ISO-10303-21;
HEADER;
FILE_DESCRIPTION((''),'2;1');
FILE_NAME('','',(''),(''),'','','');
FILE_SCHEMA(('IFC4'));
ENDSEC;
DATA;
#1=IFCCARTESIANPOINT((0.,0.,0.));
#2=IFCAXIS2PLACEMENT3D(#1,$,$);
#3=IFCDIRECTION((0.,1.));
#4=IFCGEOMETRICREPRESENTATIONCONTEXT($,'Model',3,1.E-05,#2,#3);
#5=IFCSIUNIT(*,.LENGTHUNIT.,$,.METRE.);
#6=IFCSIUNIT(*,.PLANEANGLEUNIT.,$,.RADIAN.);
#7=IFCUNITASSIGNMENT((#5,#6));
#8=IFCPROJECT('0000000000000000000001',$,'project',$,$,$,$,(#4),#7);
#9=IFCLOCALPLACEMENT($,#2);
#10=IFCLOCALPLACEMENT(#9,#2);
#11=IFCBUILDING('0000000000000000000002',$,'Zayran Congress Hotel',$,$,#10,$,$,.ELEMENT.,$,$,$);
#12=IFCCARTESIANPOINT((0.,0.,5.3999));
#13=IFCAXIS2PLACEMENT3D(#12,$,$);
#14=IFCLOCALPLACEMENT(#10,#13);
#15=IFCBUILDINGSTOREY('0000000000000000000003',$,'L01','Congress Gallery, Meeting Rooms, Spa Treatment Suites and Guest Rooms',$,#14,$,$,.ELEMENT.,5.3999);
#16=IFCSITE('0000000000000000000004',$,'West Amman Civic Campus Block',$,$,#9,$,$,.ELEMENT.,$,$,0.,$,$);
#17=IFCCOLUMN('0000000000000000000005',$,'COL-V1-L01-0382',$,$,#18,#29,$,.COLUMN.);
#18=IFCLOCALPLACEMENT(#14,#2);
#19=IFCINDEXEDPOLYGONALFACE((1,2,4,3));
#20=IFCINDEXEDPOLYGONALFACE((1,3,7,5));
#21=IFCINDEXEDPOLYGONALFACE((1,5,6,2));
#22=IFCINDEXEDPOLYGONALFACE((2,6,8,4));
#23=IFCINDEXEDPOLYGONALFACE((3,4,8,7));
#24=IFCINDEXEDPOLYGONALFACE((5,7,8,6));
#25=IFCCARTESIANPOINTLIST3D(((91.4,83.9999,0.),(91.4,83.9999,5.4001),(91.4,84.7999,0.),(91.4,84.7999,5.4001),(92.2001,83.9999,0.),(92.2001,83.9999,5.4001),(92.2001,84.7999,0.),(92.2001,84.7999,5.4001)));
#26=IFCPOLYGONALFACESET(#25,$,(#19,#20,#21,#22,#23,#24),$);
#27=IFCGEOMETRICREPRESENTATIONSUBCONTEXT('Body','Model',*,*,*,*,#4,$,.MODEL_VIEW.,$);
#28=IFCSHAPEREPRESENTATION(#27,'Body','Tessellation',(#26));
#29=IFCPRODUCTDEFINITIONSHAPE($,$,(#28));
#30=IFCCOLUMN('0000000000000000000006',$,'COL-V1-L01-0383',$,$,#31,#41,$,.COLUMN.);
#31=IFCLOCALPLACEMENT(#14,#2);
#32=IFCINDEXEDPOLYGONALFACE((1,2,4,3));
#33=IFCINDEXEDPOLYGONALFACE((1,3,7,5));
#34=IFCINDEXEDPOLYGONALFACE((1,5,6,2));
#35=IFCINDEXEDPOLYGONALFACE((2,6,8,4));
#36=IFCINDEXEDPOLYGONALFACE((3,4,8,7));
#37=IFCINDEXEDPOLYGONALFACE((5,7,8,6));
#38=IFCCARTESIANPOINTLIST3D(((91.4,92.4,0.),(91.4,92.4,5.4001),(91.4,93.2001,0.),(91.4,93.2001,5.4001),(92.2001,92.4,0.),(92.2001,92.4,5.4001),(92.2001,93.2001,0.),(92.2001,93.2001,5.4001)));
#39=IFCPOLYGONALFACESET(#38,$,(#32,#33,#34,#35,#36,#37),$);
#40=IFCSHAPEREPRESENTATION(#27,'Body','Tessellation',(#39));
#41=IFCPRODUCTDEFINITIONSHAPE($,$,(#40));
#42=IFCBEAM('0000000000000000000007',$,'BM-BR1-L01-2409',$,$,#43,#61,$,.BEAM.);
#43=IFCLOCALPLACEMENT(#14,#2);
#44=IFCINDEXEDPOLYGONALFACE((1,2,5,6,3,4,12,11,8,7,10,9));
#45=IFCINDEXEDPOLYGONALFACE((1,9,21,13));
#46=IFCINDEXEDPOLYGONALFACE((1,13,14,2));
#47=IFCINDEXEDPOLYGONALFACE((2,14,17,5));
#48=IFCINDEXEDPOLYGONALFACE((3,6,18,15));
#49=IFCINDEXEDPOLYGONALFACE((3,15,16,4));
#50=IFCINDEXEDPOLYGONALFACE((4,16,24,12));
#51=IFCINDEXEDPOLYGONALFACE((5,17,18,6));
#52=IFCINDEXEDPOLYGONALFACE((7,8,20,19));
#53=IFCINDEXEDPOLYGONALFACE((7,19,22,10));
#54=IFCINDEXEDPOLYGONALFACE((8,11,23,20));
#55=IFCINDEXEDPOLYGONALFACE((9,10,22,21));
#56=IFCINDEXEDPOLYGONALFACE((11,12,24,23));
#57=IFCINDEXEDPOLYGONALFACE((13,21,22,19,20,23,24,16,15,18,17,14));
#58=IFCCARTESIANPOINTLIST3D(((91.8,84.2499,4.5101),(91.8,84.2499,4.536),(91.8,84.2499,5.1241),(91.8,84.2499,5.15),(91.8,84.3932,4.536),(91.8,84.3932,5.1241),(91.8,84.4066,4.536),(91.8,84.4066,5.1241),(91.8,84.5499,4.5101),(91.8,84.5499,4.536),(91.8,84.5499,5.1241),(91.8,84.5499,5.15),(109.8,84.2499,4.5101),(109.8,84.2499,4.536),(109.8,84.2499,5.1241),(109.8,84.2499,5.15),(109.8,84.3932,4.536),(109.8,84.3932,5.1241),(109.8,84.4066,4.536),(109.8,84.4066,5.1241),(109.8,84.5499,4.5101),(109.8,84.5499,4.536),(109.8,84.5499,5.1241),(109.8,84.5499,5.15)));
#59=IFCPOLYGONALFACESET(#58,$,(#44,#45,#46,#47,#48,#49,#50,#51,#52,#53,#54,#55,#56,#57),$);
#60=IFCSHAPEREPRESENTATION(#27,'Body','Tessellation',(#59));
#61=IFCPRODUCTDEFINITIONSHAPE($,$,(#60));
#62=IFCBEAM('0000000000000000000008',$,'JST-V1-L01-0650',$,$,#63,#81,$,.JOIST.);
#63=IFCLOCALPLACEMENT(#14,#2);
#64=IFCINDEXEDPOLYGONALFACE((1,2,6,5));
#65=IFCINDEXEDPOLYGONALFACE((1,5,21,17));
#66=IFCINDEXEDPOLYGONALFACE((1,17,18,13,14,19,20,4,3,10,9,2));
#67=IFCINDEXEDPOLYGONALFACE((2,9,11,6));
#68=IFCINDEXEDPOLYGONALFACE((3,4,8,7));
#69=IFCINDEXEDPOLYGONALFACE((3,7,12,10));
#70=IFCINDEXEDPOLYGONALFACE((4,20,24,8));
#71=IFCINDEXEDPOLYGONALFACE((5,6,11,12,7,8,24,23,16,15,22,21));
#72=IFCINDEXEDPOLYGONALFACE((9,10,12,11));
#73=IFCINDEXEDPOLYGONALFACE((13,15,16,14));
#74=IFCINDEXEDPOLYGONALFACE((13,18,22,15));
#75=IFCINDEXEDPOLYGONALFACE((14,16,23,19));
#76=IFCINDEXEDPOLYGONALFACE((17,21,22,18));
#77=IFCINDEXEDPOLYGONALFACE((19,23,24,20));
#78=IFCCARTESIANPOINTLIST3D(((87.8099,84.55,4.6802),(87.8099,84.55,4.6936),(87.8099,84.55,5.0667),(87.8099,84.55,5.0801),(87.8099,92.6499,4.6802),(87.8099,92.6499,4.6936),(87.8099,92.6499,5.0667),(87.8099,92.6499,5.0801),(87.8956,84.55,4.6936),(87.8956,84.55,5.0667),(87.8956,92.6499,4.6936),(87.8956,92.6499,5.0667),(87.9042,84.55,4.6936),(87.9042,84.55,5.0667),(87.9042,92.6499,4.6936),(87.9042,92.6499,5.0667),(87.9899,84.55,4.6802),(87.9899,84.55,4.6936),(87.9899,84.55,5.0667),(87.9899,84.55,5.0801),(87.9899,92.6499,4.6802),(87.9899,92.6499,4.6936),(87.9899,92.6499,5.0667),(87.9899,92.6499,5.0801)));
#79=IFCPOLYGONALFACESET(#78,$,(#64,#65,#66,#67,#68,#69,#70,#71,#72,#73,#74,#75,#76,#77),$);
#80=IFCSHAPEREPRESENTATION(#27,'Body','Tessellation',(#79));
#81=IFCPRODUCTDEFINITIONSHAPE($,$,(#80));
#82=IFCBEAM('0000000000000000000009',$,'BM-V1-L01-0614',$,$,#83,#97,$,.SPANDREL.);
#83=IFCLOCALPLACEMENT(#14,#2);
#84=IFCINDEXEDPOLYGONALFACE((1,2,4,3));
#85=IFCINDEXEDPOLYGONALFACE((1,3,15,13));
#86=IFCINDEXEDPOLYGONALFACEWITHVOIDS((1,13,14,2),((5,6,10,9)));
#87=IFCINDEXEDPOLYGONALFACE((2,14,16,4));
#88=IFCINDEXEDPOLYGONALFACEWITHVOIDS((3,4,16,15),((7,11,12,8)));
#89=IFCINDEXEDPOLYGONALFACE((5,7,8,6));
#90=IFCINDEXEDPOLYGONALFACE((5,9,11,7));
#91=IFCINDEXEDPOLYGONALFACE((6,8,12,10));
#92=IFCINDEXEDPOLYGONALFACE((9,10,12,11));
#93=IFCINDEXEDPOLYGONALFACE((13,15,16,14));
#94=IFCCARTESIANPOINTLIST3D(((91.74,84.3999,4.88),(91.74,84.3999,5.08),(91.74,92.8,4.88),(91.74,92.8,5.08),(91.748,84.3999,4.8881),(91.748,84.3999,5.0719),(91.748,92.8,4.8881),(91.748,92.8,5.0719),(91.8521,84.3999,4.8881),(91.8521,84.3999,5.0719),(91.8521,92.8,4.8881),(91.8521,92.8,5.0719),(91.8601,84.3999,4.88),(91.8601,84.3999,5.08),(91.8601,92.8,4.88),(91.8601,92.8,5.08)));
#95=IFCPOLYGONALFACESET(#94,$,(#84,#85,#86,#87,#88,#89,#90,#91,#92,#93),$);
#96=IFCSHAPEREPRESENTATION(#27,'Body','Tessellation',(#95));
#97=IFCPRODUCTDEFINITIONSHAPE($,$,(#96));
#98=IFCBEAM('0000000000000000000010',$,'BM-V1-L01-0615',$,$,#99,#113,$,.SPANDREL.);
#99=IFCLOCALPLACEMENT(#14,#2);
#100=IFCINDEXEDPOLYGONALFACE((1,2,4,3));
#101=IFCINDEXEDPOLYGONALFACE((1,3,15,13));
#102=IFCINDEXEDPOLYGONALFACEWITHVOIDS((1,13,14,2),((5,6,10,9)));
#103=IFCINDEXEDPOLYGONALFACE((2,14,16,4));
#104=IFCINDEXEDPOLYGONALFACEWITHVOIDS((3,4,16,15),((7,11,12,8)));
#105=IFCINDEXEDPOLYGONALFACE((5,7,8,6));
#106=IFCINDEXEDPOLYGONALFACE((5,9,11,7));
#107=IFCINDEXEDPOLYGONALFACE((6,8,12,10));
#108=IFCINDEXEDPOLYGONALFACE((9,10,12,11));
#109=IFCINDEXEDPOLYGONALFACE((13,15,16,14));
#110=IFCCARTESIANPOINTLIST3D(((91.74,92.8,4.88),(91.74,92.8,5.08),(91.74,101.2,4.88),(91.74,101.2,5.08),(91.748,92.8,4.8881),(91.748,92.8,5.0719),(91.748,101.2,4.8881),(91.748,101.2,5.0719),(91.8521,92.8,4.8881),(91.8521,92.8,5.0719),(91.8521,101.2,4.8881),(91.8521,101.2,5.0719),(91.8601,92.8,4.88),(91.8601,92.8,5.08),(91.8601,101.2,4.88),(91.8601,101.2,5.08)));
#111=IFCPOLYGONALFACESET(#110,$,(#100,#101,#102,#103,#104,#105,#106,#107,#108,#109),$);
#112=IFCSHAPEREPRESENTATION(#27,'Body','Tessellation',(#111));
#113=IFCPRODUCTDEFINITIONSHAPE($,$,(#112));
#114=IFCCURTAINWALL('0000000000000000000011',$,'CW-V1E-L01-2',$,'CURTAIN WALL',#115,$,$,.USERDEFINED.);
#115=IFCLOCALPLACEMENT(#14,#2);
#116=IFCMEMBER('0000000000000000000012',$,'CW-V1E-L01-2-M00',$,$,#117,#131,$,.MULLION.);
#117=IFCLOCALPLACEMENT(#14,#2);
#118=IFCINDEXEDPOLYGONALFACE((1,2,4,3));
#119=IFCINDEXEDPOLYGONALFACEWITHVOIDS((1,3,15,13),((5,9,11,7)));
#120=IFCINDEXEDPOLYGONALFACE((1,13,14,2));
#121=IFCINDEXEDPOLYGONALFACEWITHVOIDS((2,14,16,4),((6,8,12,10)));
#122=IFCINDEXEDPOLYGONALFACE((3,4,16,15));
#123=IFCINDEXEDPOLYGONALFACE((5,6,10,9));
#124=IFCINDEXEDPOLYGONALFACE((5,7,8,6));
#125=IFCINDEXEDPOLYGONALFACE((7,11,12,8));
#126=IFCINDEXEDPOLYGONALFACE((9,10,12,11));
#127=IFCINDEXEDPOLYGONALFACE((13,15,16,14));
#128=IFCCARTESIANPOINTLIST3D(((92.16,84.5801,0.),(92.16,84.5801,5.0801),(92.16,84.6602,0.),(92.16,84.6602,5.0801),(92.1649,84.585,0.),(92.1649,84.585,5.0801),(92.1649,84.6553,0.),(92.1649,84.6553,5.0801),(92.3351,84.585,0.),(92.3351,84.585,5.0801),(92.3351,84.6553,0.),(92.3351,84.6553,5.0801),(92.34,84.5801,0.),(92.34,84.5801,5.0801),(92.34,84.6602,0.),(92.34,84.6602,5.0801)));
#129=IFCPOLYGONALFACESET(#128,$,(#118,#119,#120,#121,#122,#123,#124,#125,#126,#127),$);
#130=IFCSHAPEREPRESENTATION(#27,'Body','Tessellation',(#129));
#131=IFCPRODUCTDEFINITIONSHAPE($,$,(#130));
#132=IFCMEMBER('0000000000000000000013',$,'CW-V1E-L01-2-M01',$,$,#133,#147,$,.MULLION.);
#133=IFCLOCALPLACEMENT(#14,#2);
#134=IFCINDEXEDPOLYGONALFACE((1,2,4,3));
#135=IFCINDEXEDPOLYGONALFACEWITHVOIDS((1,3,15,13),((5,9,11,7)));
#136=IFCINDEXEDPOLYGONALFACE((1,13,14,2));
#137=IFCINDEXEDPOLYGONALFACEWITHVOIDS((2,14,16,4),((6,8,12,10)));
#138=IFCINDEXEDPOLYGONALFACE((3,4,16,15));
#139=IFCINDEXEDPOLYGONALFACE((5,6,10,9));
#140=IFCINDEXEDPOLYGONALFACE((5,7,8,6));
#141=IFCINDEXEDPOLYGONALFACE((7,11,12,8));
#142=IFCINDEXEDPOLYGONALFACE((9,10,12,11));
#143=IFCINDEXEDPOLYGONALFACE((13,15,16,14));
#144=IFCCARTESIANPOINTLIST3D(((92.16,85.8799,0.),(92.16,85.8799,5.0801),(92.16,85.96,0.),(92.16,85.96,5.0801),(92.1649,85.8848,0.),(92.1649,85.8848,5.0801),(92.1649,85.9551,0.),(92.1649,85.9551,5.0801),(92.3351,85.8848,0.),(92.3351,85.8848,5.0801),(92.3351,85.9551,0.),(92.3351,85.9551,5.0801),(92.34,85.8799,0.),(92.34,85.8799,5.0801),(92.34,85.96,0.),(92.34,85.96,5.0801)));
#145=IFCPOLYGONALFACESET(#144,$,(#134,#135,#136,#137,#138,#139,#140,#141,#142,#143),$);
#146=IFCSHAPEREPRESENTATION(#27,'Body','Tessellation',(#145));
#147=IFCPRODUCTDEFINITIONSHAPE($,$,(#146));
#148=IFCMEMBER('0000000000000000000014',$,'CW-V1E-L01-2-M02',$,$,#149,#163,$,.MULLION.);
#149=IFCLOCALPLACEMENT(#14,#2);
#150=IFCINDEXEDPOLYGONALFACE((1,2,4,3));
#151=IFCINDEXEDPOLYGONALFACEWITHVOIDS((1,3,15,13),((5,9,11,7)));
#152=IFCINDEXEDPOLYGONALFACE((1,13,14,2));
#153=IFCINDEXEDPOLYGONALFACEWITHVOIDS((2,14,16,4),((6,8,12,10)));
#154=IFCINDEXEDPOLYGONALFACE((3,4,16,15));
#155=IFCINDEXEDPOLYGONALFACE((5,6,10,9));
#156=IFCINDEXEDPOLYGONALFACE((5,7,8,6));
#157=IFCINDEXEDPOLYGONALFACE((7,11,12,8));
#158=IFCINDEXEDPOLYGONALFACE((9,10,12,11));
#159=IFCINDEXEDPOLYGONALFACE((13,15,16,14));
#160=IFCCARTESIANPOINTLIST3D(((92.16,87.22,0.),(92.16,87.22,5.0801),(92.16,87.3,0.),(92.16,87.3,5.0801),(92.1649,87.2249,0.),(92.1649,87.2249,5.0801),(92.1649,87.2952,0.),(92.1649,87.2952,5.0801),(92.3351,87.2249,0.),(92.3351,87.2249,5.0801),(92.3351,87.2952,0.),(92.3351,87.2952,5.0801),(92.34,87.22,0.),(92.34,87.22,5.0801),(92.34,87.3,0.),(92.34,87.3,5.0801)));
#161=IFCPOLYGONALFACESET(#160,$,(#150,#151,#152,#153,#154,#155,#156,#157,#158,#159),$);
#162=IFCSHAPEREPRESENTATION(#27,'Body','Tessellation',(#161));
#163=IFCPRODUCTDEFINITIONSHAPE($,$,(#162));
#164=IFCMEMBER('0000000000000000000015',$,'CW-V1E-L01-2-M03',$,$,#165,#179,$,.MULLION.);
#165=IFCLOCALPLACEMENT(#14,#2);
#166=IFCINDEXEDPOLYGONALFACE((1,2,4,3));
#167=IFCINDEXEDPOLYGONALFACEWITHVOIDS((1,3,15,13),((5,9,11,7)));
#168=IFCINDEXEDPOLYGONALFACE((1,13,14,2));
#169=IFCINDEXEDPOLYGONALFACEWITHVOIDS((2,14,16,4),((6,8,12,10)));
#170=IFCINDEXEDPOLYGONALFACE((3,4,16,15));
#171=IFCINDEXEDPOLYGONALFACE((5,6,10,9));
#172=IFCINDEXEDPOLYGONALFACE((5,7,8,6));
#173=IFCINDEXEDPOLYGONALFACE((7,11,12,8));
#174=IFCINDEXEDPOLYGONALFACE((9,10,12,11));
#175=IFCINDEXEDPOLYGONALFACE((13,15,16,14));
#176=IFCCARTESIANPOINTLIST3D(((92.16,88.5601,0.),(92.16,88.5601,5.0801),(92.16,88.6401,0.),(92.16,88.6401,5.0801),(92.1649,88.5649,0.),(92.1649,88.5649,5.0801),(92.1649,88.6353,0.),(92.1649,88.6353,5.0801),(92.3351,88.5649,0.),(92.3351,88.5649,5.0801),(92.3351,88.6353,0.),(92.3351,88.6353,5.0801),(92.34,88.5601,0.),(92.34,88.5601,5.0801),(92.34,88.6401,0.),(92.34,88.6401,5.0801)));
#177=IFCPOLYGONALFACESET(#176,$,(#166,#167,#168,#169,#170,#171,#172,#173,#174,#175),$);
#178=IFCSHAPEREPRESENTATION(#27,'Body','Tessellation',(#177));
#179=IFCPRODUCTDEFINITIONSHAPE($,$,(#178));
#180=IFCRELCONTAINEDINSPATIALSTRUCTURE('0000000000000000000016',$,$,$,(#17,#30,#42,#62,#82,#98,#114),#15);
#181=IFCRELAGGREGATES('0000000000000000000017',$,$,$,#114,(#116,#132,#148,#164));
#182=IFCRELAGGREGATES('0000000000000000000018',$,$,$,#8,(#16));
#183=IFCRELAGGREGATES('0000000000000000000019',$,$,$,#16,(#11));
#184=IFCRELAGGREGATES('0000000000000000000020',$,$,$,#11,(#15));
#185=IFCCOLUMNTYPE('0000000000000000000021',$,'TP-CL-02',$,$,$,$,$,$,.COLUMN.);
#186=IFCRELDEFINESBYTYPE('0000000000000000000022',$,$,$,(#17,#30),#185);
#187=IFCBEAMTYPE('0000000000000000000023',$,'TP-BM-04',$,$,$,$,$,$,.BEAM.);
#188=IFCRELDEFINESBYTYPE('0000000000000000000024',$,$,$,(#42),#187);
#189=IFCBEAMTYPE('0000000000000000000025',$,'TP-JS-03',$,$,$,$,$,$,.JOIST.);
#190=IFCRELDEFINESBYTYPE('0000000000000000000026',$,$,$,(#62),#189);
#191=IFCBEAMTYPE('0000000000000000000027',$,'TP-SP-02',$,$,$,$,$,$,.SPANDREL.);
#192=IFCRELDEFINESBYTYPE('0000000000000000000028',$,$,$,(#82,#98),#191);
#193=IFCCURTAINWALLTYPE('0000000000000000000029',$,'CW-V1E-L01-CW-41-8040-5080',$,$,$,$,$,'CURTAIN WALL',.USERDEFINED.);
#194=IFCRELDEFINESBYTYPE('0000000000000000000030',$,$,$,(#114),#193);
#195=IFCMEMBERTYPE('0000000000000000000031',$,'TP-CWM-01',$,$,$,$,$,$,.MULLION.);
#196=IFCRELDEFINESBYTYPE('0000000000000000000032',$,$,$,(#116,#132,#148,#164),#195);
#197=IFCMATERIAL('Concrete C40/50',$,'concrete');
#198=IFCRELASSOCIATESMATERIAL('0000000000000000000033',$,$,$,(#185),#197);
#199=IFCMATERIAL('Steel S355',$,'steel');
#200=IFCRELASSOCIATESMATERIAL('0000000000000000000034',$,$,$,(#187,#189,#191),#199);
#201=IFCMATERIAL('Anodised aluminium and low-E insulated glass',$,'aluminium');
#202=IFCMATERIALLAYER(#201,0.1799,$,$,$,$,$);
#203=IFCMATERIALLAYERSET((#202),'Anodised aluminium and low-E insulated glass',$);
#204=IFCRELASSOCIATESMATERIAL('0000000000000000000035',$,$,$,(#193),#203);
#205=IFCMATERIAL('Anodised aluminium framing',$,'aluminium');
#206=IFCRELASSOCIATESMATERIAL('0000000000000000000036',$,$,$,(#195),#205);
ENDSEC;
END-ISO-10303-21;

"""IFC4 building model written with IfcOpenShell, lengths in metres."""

from ifc_helpers import new_model, si_unit, direction, frame, origin, origin_2d, place, context, subcontext, project, spatial, rectangle, hollow_rectangle, i_section, extrude, material, layer, layer_set, material_profile, profile_set, type_object, element, aggregate, save


model = new_model("IFC4")

# Units and contexts
model_context = context("Model", 3, precision=1e-05, world=origin(), true_north=direction((0.0, 1.0)))
body_context = subcontext(model_context, "Body", "Model", "MODEL_VIEW")
ifc_project = project(units=[si_unit("LENGTHUNIT", "METRE"), si_unit("PLANEANGLEUNIT", "RADIAN")], contexts=[model_context])

# Site, building, storey
site_placement = place(None, origin())
site = spatial("IfcSite", under=ifc_project, at=site_placement, Name="West Amman Civic Campus Block", CompositionType="ELEMENT", RefElevation=0.0)
building_placement = place(site_placement, origin())
building = spatial("IfcBuilding", under=site, at=building_placement, Name="Zayran Congress Hotel", CompositionType="ELEMENT")
storey_placement = place(building_placement, frame((0.0, 0.0, 5.3999)))
storey = spatial("IfcBuildingStorey", under=building, at=storey_placement, Name="L01", Description="Congress Gallery, Meeting Rooms, Spa Treatment Suites and Guest Rooms", CompositionType="ELEMENT", Elevation=5.3999)

# Columns
ifc_material_1 = material(Name="Concrete C40/50", Category="concrete")
ifc_material_profile_1 = material_profile(ifc_material_1, rectangle(XDim=0.8, YDim=0.8, at=origin_2d()), Name="RC 800x800")
ifc_profile_set_1 = profile_set([ifc_material_profile_1], Name="Concrete C40/50")
column_type = type_object("IfcColumnType", Name="TP-CL-02", PredefinedType="COLUMN", material=ifc_profile_set_1)
for number, where, z_axis, x_axis, name in (
    (1, (91.8, 84.3999, 0.0), (0.0, 0.0, 1.0), (1.0, 0.0, 0.0), "COL-V1-L01-0382"),
    (2, (91.8, 92.8, 0.0), (0.0, 0.0, 1.0), (1.0, 0.0, 0.0), "COL-V1-L01-0383"),
):
    element("IfcColumn", number, at=place(storey_placement, frame(where, z_axis=z_axis, x_axis=x_axis)), inside=storey, type_object=column_type, Name=name, PredefinedType="COLUMN", context=body_context, shape_type="SweptSolid", body=[
        extrude(rectangle(XDim=0.8, YDim=0.8, at=origin_2d()), origin(), (0.0, 0.0, 1.0), 5.4001),
    ])

# Beams
ifc_material_2 = material(Name="Steel S355", Category="steel")
ifc_material_profile_2 = material_profile(ifc_material_2, i_section(OverallWidth=0.3, OverallDepth=0.6399, WebThickness=0.0134, FlangeThickness=0.0259, at=origin_2d()), Name="HEA 650")
ifc_profile_set_2 = profile_set([ifc_material_profile_2], Name="Steel S355")
beam_type_1 = type_object("IfcBeamType", Name="TP-BM-04", PredefinedType="BEAM", material=ifc_profile_set_2)
beam_1_placement = place(storey_placement, frame((91.8, 84.3999, 4.8301), z_axis=(1.0, 0.0, 0.0), x_axis=(0.0, 1.0, 0.0)))
element("IfcBeam", 3, at=beam_1_placement, inside=storey, type_object=beam_type_1, Name="BM-BR1-L01-2409", PredefinedType="BEAM", context=body_context, shape_type="SweptSolid", body=[
    extrude(i_section(OverallWidth=0.3, OverallDepth=0.6399, WebThickness=0.0134, FlangeThickness=0.0259, at=origin_2d()), origin(), (0.0, 0.0, 1.0), 18.0),
])
ifc_material_profile_3 = material_profile(ifc_material_2, i_section(OverallWidth=0.1799, OverallDepth=0.3999, WebThickness=0.0085, FlangeThickness=0.0134, at=origin_2d()), Name="IPE 400")
ifc_profile_set_3 = profile_set([ifc_material_profile_3], Name="Steel S355")
beam_type_2 = type_object("IfcBeamType", Name="TP-JS-03", PredefinedType="JOIST", material=ifc_profile_set_3)
beam_2_placement = place(storey_placement, frame((87.8999, 84.55, 4.8801), z_axis=(0.0, 1.0, 0.0), x_axis=(-1.0, 0.0, 0.0)))
element("IfcBeam", 4, at=beam_2_placement, inside=storey, type_object=beam_type_2, Name="JST-V1-L01-0650", PredefinedType="JOIST", context=body_context, shape_type="SweptSolid", body=[
    extrude(i_section(OverallWidth=0.1799, OverallDepth=0.3999, WebThickness=0.0085, FlangeThickness=0.0134, at=origin_2d()), origin(), (0.0, 0.0, 1.0), 8.0999),
])
ifc_material_profile_4 = material_profile(ifc_material_2, hollow_rectangle(XDim=0.1201, YDim=0.2, WallThickness=0.0081, at=origin_2d()), Name="RHS 200x120x8")
ifc_profile_set_4 = profile_set([ifc_material_profile_4], Name="Steel S355")
beam_type_3 = type_object("IfcBeamType", Name="TP-SP-02", PredefinedType="SPANDREL", material=ifc_profile_set_4)
beam_3_placement = place(storey_placement, frame((91.8, 84.3999, 4.98), z_axis=(0.0, 1.0, 0.0), x_axis=(-1.0, 0.0, 0.0)))
element("IfcBeam", 5, at=beam_3_placement, inside=storey, type_object=beam_type_3, Name="BM-V1-L01-0614", PredefinedType="SPANDREL", context=body_context, shape_type="SweptSolid", body=[
    extrude(hollow_rectangle(XDim=0.1201, YDim=0.2, WallThickness=0.0081, at=origin_2d()), origin(), (0.0, 0.0, 1.0), 8.4001),
])
beam_4_placement = place(storey_placement, frame((91.8, 92.8, 4.98), z_axis=(0.0, 1.0, 0.0), x_axis=(-1.0, 0.0, 0.0)))
element("IfcBeam", 6, at=beam_4_placement, inside=storey, type_object=beam_type_3, Name="BM-V1-L01-0615", PredefinedType="SPANDREL", context=body_context, shape_type="SweptSolid", body=[
    extrude(hollow_rectangle(XDim=0.1201, YDim=0.2, WallThickness=0.0081, at=origin_2d()), origin(), (0.0, 0.0, 1.0), 8.3999),
])

# Curtain wall, members
ifc_material_3 = material(Name="Anodised aluminium and low-E insulated glass", Category="aluminium")
ifc_layer_1 = layer(ifc_material_3, 0.1799)
ifc_layer_set_1 = layer_set([ifc_layer_1], Name="Anodised aluminium and low-E insulated glass")
curtain_wall_type = type_object("IfcCurtainWallType", Name="CW-V1E-L01-CW-41-8040-5080", ElementType="CURTAIN WALL", PredefinedType="USERDEFINED", material=ifc_layer_set_1)
curtain_wall_placement = place(storey_placement, origin())
curtain_wall = element("IfcCurtainWall", 7, at=curtain_wall_placement, inside=storey, type_object=curtain_wall_type, Name="CW-V1E-L01-2", ObjectType="CURTAIN WALL", PredefinedType="USERDEFINED")
ifc_material_4 = material(Name="Anodised aluminium framing", Category="aluminium")
ifc_material_profile_5 = material_profile(ifc_material_4, hollow_rectangle(XDim=0.0801, YDim=0.1799, WallThickness=0.0049, at=origin_2d()), Name="RHS 180x80x5")
ifc_profile_set_5 = profile_set([ifc_material_profile_5], Name="Anodised aluminium framing")
member_type_1 = type_object("IfcMemberType", Name="TP-CWM-01", PredefinedType="MULLION", material=ifc_profile_set_5)
member_1_placement = place(storey_placement, frame((92.25, 84.6201, 0.0), z_axis=(0.0, 0.0, 1.0), x_axis=(0.0, 1.0, 0.0)))
member_1 = element("IfcMember", 8, at=member_1_placement, type_object=member_type_1, Name="CW-V1E-L01-2-M00", PredefinedType="MULLION", context=body_context, shape_type="SweptSolid", body=[
    extrude(hollow_rectangle(XDim=0.0801, YDim=0.1799, WallThickness=0.0049, at=origin_2d()), origin(), (0.0, 0.0, 1.0), 5.0801),
])
member_2_placement = place(storey_placement, frame((92.25, 85.9199, 0.0), z_axis=(0.0, 0.0, 1.0), x_axis=(0.0, 1.0, 0.0)))
member_2 = element("IfcMember", 9, at=member_2_placement, type_object=member_type_1, Name="CW-V1E-L01-2-M01", PredefinedType="MULLION", context=body_context, shape_type="SweptSolid", body=[
    extrude(hollow_rectangle(XDim=0.0801, YDim=0.1799, WallThickness=0.0049, at=origin_2d()), origin(), (0.0, 0.0, 1.0), 5.0801),
])
member_3_placement = place(storey_placement, frame((92.25, 87.26, 0.0), z_axis=(0.0, 0.0, 1.0), x_axis=(0.0, 1.0, 0.0)))
member_3 = element("IfcMember", 10, at=member_3_placement, type_object=member_type_1, Name="CW-V1E-L01-2-M02", PredefinedType="MULLION", context=body_context, shape_type="SweptSolid", body=[
    extrude(hollow_rectangle(XDim=0.0801, YDim=0.1799, WallThickness=0.0049, at=origin_2d()), origin(), (0.0, 0.0, 1.0), 5.0801),
])
member_4_placement = place(storey_placement, frame((92.25, 88.6001, 0.0), z_axis=(0.0, 0.0, 1.0), x_axis=(0.0, 1.0, 0.0)))
member_4 = element("IfcMember", 11, at=member_4_placement, type_object=member_type_1, Name="CW-V1E-L01-2-M03", PredefinedType="MULLION", context=body_context, shape_type="SweptSolid", body=[
    extrude(hollow_rectangle(XDim=0.0801, YDim=0.1799, WallThickness=0.0049, at=origin_2d()), origin(), (0.0, 0.0, 1.0), 5.0801),
])
aggregate(curtain_wall, [member_1, member_2, member_3, member_4])

save(model, "model.ifc")
